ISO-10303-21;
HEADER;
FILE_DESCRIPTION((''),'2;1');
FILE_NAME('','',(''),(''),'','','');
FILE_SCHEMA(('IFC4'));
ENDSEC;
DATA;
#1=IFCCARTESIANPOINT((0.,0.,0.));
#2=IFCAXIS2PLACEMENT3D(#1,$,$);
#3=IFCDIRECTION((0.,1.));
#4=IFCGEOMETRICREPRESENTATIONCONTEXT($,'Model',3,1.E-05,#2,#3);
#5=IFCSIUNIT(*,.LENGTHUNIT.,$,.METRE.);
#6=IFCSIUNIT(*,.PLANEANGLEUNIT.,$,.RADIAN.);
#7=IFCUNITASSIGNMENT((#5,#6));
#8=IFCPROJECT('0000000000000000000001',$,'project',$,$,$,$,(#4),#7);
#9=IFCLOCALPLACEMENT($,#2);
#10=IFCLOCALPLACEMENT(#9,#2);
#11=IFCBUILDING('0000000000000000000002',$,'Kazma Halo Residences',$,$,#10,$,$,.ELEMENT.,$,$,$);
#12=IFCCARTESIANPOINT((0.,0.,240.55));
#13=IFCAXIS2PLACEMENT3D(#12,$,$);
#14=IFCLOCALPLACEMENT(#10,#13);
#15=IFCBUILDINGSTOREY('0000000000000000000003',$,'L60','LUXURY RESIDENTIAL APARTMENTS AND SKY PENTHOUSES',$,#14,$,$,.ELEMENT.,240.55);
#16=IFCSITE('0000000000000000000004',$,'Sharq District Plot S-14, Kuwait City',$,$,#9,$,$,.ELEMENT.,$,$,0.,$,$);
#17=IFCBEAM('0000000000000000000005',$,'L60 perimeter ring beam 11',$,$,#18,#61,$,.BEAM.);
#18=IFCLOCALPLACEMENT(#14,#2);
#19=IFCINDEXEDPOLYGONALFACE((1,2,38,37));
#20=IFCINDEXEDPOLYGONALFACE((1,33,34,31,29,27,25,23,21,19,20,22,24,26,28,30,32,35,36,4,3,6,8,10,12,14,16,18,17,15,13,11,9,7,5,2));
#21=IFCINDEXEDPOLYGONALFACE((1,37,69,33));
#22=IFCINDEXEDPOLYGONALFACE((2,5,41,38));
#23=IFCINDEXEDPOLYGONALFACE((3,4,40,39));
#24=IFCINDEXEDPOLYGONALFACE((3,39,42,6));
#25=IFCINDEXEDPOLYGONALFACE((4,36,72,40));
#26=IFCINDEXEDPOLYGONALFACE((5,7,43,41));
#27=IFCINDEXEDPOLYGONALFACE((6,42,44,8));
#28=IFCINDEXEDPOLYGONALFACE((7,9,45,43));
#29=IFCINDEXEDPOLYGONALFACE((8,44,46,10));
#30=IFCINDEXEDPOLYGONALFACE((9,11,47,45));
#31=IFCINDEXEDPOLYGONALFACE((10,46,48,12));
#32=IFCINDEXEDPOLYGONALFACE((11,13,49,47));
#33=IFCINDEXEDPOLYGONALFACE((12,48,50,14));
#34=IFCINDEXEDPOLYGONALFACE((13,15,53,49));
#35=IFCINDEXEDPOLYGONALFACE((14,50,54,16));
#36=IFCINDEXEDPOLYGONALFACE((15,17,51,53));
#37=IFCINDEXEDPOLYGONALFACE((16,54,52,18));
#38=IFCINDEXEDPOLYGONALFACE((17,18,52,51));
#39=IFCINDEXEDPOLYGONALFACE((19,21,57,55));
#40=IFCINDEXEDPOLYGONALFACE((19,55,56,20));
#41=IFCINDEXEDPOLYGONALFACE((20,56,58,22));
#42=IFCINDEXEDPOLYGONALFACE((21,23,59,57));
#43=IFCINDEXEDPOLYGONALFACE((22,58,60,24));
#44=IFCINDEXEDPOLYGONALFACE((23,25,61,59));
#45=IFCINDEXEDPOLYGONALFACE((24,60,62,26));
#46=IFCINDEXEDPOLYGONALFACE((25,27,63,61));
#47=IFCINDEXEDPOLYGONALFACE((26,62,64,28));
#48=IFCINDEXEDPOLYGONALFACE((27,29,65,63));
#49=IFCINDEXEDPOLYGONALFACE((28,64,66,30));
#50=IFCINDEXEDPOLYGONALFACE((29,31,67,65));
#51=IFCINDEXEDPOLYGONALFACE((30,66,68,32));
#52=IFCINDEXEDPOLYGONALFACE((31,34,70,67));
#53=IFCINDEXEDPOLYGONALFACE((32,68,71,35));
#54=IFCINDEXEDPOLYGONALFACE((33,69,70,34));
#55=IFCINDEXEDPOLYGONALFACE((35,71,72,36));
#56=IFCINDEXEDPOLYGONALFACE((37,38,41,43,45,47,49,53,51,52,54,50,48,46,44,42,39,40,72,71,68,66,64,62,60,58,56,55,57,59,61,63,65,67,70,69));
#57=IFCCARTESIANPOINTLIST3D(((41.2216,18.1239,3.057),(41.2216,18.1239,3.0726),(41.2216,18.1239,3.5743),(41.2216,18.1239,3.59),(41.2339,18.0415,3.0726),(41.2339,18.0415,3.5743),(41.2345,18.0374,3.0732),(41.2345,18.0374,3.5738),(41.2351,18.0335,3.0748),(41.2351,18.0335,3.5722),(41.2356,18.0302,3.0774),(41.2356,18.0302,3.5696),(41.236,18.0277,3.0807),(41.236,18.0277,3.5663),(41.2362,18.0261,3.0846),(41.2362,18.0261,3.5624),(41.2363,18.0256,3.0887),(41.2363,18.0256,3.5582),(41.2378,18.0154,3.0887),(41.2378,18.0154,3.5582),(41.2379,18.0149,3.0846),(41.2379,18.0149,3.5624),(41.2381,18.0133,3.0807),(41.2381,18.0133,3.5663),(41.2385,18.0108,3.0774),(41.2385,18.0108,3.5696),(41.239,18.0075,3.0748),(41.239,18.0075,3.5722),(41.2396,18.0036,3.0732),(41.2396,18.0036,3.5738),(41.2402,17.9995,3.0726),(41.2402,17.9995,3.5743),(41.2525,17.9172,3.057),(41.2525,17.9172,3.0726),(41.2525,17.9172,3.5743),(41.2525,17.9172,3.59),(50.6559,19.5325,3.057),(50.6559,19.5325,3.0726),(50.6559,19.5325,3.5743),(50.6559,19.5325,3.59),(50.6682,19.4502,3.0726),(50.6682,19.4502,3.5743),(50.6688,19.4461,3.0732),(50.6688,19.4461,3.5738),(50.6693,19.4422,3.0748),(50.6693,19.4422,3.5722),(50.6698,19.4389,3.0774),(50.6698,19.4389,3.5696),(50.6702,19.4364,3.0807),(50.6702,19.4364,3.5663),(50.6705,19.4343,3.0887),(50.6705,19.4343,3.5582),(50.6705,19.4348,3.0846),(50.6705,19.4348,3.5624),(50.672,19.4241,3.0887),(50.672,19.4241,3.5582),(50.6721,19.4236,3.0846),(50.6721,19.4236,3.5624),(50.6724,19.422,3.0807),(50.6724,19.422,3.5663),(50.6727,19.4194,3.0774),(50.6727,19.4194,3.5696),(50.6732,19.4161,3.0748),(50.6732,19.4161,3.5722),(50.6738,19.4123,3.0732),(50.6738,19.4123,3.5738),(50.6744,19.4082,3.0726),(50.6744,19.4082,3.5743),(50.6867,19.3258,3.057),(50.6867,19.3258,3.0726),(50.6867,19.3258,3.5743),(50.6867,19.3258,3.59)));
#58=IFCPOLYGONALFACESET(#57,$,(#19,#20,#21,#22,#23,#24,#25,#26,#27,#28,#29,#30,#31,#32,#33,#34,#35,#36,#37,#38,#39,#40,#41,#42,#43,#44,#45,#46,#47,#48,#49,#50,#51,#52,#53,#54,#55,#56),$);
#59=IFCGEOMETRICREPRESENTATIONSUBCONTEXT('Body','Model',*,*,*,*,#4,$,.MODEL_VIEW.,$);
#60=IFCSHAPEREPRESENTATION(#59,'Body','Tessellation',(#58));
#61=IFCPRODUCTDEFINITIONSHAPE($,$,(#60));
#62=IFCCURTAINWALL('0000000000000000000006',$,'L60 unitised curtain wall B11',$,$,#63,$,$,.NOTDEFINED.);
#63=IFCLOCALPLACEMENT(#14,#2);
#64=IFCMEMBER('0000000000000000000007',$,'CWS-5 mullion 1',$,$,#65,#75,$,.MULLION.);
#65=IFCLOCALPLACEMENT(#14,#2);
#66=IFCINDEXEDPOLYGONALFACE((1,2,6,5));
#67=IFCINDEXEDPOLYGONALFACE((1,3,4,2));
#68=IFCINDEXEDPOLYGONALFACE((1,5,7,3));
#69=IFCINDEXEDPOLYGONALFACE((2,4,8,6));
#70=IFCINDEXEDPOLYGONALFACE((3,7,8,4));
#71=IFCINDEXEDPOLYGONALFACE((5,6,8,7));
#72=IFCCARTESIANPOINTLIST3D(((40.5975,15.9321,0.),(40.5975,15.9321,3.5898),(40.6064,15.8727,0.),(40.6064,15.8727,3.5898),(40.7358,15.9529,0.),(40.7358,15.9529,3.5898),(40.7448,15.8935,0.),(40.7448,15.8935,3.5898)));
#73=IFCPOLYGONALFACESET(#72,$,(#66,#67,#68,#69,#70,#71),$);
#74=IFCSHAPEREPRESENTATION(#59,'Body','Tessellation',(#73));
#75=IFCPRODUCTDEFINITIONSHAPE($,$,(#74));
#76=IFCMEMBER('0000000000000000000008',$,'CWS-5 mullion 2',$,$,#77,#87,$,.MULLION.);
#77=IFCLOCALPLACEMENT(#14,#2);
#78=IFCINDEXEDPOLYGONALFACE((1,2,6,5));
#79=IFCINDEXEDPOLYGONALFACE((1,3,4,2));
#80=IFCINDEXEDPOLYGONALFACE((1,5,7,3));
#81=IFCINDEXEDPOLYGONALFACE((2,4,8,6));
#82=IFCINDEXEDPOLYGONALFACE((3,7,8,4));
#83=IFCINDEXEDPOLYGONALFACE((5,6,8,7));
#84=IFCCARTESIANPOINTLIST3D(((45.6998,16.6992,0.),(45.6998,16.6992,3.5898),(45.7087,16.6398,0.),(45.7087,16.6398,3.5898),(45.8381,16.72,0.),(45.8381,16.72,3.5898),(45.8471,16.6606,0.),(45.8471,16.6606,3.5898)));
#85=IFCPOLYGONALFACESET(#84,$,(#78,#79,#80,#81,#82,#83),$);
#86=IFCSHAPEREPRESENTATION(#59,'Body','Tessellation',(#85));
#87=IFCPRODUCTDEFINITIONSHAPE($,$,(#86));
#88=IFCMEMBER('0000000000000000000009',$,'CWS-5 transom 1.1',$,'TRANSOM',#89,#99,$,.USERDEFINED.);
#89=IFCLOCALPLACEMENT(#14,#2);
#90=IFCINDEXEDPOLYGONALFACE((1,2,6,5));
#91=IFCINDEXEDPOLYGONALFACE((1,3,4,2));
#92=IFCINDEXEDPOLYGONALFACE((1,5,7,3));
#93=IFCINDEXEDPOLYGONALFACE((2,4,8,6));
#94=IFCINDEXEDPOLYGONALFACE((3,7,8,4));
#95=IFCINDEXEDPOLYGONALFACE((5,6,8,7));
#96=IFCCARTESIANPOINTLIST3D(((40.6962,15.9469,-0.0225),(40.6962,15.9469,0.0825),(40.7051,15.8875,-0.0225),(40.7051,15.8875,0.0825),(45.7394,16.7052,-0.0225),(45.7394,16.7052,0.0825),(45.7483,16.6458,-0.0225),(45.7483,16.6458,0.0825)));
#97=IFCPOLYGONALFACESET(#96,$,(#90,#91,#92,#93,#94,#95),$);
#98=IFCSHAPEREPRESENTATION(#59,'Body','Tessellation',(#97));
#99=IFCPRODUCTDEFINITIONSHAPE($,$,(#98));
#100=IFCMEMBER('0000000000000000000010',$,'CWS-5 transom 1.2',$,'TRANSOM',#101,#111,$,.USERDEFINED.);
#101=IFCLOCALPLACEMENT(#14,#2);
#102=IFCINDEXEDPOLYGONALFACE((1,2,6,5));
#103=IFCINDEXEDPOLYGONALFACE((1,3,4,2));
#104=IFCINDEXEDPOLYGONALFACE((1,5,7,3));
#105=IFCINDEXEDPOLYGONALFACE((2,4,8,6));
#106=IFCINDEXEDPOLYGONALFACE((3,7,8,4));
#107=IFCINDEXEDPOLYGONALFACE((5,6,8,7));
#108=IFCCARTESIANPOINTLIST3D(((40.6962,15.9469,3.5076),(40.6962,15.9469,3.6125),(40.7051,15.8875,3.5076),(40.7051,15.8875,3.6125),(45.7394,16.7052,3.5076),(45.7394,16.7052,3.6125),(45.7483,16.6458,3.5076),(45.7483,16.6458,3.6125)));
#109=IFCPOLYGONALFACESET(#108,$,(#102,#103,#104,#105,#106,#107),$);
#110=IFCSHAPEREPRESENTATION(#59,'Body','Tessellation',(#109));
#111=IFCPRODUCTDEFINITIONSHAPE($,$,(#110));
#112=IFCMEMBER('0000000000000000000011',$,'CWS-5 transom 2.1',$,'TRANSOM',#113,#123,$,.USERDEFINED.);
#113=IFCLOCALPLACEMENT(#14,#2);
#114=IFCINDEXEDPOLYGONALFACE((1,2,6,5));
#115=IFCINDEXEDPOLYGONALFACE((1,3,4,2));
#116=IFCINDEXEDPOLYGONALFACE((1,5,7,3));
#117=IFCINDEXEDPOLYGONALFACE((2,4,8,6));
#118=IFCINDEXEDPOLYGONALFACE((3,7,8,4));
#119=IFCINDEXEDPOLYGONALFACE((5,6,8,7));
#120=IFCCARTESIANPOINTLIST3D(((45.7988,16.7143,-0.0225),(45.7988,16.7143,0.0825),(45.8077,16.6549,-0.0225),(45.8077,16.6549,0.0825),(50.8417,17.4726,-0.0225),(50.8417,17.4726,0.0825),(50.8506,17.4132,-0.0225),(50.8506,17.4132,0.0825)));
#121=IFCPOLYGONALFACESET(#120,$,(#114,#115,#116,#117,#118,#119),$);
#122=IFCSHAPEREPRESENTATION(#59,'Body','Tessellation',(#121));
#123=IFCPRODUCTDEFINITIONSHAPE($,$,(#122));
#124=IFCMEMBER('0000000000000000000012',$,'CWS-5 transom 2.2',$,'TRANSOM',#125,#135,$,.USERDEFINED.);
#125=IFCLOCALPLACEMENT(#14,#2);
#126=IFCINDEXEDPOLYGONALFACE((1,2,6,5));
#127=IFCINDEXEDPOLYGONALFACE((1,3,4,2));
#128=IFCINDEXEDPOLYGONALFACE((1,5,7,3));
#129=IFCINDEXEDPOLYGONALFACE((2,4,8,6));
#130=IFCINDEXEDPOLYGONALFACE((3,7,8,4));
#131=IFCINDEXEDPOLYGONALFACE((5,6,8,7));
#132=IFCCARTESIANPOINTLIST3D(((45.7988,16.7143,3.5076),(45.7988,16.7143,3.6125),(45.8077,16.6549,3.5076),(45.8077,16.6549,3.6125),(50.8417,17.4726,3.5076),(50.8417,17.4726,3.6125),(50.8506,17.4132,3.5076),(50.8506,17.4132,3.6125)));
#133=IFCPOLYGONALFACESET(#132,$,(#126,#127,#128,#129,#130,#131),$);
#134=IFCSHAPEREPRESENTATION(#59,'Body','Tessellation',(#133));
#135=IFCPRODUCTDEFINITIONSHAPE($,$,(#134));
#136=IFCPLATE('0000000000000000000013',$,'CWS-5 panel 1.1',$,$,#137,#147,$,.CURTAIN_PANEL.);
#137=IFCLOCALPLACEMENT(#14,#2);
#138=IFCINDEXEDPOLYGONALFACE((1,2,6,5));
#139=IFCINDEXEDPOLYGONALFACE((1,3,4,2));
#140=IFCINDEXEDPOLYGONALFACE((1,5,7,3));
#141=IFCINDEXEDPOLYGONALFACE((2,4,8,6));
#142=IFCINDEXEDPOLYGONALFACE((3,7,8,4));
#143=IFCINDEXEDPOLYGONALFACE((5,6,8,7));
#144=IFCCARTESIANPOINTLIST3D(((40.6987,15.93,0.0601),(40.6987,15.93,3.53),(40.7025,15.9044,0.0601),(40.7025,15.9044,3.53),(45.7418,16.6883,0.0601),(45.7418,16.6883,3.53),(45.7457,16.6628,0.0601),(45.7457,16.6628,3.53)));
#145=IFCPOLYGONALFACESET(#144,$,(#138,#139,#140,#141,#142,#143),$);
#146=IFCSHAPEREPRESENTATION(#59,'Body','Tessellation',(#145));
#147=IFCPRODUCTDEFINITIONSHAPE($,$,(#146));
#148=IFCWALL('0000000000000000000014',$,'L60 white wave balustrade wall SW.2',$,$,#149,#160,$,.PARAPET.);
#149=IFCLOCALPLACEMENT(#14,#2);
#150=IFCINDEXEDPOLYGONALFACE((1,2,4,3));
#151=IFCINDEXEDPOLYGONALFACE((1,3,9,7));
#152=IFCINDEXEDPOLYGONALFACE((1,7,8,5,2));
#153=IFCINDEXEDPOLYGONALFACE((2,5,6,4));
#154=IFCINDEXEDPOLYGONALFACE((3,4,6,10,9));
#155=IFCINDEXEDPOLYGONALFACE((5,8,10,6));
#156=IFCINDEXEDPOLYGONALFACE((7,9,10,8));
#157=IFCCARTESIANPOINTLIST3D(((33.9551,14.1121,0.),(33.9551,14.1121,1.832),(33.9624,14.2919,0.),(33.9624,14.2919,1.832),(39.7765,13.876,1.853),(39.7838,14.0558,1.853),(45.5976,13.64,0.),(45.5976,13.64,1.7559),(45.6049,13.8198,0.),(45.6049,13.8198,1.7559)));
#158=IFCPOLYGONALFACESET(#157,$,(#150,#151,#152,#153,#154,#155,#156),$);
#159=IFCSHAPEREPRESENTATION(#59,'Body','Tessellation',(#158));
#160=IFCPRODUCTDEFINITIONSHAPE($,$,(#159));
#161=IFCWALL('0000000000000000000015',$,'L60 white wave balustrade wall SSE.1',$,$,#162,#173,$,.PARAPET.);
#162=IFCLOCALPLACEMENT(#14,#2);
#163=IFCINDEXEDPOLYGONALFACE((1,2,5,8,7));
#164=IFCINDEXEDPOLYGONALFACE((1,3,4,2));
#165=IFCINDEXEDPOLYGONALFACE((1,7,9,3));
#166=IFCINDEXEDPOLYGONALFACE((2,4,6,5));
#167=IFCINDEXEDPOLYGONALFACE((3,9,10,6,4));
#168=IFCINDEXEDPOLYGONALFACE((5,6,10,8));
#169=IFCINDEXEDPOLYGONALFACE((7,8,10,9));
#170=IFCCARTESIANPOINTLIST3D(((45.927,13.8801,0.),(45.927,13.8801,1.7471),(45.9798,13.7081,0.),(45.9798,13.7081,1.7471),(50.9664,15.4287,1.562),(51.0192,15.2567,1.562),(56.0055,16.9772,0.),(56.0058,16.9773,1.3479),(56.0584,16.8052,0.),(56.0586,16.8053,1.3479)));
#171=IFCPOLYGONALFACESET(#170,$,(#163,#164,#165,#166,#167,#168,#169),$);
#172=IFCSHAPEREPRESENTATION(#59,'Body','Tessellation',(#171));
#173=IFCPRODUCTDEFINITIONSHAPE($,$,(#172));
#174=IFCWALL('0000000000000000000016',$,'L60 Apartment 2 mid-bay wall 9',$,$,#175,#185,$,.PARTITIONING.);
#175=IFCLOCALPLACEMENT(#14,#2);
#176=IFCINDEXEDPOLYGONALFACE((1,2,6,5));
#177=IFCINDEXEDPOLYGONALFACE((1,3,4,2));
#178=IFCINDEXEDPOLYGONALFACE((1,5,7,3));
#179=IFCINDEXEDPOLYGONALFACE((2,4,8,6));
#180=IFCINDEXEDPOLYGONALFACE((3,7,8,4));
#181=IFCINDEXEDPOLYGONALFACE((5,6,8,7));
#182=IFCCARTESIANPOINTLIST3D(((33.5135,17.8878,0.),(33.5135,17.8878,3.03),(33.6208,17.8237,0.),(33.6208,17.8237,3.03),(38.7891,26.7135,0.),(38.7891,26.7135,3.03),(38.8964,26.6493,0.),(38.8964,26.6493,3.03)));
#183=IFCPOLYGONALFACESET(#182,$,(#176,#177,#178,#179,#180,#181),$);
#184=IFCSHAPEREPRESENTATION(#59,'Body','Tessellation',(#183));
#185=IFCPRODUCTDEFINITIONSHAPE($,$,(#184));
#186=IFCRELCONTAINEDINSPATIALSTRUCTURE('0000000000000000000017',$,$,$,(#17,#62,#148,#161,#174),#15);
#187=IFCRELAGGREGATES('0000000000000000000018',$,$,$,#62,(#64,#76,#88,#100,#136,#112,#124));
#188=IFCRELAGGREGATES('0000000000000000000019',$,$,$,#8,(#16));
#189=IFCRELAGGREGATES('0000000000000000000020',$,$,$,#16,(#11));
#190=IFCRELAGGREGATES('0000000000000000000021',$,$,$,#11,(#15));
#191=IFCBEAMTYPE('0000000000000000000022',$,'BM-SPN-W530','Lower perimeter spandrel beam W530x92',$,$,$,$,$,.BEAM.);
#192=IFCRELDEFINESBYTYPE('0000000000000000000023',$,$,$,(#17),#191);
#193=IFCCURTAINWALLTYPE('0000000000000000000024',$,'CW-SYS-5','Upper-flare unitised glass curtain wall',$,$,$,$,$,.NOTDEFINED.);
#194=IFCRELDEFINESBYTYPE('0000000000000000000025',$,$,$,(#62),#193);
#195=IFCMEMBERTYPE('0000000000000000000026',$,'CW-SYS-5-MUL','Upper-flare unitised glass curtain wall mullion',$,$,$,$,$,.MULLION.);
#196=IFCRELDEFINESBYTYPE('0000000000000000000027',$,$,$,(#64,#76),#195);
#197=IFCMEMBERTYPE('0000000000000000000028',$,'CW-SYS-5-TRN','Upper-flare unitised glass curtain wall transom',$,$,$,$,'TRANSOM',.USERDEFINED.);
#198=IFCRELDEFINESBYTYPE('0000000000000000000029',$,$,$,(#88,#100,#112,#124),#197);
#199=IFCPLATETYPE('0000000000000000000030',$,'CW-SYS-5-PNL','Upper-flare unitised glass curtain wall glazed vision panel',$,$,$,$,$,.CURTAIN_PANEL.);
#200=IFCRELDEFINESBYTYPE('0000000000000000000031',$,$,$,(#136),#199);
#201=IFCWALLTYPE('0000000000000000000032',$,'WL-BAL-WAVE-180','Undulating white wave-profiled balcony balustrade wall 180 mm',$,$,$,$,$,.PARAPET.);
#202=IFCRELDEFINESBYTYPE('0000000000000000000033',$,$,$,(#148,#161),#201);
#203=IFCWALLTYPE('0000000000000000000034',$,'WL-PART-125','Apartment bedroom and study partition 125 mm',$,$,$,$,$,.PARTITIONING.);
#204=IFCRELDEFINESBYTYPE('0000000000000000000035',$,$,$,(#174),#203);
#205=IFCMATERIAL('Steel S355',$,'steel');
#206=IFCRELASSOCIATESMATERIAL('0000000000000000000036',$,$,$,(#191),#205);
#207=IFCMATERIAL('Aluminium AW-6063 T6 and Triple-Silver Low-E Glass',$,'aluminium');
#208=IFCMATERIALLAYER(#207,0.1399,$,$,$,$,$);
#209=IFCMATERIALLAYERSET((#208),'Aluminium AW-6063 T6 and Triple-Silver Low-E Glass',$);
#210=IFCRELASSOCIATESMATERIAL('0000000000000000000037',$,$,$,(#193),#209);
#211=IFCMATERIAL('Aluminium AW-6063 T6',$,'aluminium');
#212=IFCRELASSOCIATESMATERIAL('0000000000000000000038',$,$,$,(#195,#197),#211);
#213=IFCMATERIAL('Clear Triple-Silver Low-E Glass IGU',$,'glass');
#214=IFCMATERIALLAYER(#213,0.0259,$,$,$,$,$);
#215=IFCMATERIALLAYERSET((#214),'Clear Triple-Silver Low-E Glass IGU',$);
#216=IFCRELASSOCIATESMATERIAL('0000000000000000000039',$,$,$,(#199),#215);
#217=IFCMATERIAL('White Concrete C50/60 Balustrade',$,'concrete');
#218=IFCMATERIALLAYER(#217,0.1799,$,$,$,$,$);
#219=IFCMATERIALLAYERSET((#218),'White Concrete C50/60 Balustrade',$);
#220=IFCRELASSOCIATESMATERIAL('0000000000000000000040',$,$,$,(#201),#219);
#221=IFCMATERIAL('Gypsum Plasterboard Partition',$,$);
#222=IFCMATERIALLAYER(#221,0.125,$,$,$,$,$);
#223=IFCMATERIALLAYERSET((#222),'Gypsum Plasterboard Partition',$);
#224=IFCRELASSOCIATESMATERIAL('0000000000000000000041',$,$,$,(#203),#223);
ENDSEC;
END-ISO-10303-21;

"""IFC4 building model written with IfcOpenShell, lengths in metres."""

from ifc_helpers import new_model, si_unit, direction, frame, frame_2d, origin, origin_2d, place, context, subcontext, project, spatial, polyline, rectangle, i_section, outline, extrude, material, layer, layer_set, material_profile, profile_set, type_object, element, aggregate, save


model = new_model("IFC4")

# Units and contexts
model_context = context("Model", 3, precision=1e-05, world=origin(), true_north=direction((0.0, 1.0)))
body_context = subcontext(model_context, "Body", "Model", "MODEL_VIEW")
ifc_project = project(units=[si_unit("LENGTHUNIT", "METRE"), si_unit("PLANEANGLEUNIT", "RADIAN")], contexts=[model_context])

# Site, building, storey
site_placement = place(None, origin())
site = spatial("IfcSite", under=ifc_project, at=site_placement, Name="Sharq District Plot S-14, Kuwait City", CompositionType="ELEMENT", RefElevation=0.0)
building_placement = place(site_placement, origin())
building = spatial("IfcBuilding", under=site, at=building_placement, Name="Kazma Halo Residences", CompositionType="ELEMENT")
storey_placement = place(building_placement, frame((0.0, 0.0, 240.55)))
storey = spatial("IfcBuildingStorey", under=building, at=storey_placement, Name="L60", Description="LUXURY RESIDENTIAL APARTMENTS AND SKY PENTHOUSES", CompositionType="ELEMENT", Elevation=240.55)

# Beam
ifc_material_1 = material(Name="Steel S355", Category="steel")
ifc_material_profile_1 = material_profile(ifc_material_1, i_section(OverallWidth=0.209, OverallDepth=0.533, WebThickness=0.0103, FlangeThickness=0.0156, FilletRadius=0.0161, at=origin_2d()), Name="W530x92")
ifc_profile_set_1 = profile_set([ifc_material_profile_1], Name="Steel S355")
beam_type_1 = type_object("IfcBeamType", Name="BM-SPN-W530", Description="Lower perimeter spandrel beam W530x92", PredefinedType="BEAM", material=ifc_profile_set_1)
beam_1_placement = place(storey_placement, frame((41.2371, 18.0205, 3.3235), z_axis=(0.989035, 0.147678, 0.0), x_axis=(-0.147678, 0.989035, 0.0)))
element("IfcBeam", 1, at=beam_1_placement, inside=storey, type_object=beam_type_1, Name="L60 perimeter ring beam 11", PredefinedType="BEAM", context=body_context, shape_type="SweptSolid", body=[
    extrude(i_section(OverallWidth=0.209, OverallDepth=0.533, WebThickness=0.0103, FlangeThickness=0.0156, FilletRadius=0.0161, at=origin_2d()), origin(), (0.0, 0.0, 1.0), 9.5388),
])

# Curtain wall, members, plate
ifc_material_2 = material(Name="Aluminium AW-6063 T6 and Triple-Silver Low-E Glass", Category="aluminium")
ifc_layer_1 = layer(ifc_material_2, 0.1399)
ifc_layer_set_1 = layer_set([ifc_layer_1], Name="Aluminium AW-6063 T6 and Triple-Silver Low-E Glass")
curtain_wall_type = type_object("IfcCurtainWallType", Name="CW-SYS-5", Description="Upper-flare unitised glass curtain wall", PredefinedType="NOTDEFINED", material=ifc_layer_set_1)
curtain_wall_placement = place(storey_placement, origin())
curtain_wall = element("IfcCurtainWall", 2, at=curtain_wall_placement, inside=storey, type_object=curtain_wall_type, Name="L60 unitised curtain wall B11", PredefinedType="NOTDEFINED")
ifc_material_3 = material(Name="Aluminium AW-6063 T6", Category="aluminium")
ifc_material_profile_2 = material_profile(ifc_material_3, rectangle(XDim=0.0601, YDim=0.1399, at=origin_2d()), Name="CWM-60x140")
ifc_profile_set_2 = profile_set([ifc_material_profile_2], Name="Aluminium AW-6063 T6")
member_type_1 = type_object("IfcMemberType", Name="CW-SYS-5-MUL", Description="Upper-flare unitised glass curtain wall mullion", PredefinedType="MULLION", material=ifc_profile_set_2)
member_1_placement = place(storey_placement, frame((40.6711, 15.9128, 0.0), z_axis=(0.0, 0.0, 1.0), x_axis=(-0.148697, 0.988883, 0.0)))
member_1 = element("IfcMember", 3, at=member_1_placement, type_object=member_type_1, Name="CWS-5 mullion 1", PredefinedType="MULLION", context=body_context, shape_type="SweptSolid", body=[
    extrude(rectangle(XDim=0.0601, YDim=0.1399, at=origin_2d()), origin(), (0.0, 0.0, 1.0), 3.5898),
])
member_2_placement = place(storey_placement, frame((45.7734, 16.6799, 0.0), z_axis=(0.0, 0.0, 1.0), x_axis=(-0.148697, 0.988883, 0.0)))
member_2 = element("IfcMember", 4, at=member_2_placement, type_object=member_type_1, Name="CWS-5 mullion 2", PredefinedType="MULLION", context=body_context, shape_type="SweptSolid", body=[
    extrude(rectangle(XDim=0.0601, YDim=0.1399, at=origin_2d()), origin(), (0.0, 0.0, 1.0), 3.5898),
])
ifc_material_profile_3 = material_profile(ifc_material_3, rectangle(XDim=0.0601, YDim=0.105, at=origin_2d()), Name="CWT-60x105")
ifc_profile_set_3 = profile_set([ifc_material_profile_3], Name="Aluminium AW-6063 T6")
member_type_2 = type_object("IfcMemberType", Name="CW-SYS-5-TRN", Description="Upper-flare unitised glass curtain wall transom", ElementType="TRANSOM", PredefinedType="USERDEFINED", material=ifc_profile_set_3)
member_3_placement = place(storey_placement, frame((40.7007, 15.9172, 0.03), z_axis=(0.988884, 0.148689, 0.0), x_axis=(-0.148689, 0.988884, 0.0)))
member_3 = element("IfcMember", 5, at=member_3_placement, type_object=member_type_2, Name="CWS-5 transom 1.1", ObjectType="TRANSOM", PredefinedType="USERDEFINED", context=body_context, shape_type="SweptSolid", body=[
    extrude(rectangle(XDim=0.0601, YDim=0.105, at=origin_2d()), origin(), (0.0, 0.0, 1.0), 5.0999),
])
member_4_placement = place(storey_placement, frame((40.7007, 15.9172, 3.5601), z_axis=(0.988884, 0.148689, 0.0), x_axis=(-0.148689, 0.988884, 0.0)))
member_4 = element("IfcMember", 6, at=member_4_placement, type_object=member_type_2, Name="CWS-5 transom 1.2", ObjectType="TRANSOM", PredefinedType="USERDEFINED", context=body_context, shape_type="SweptSolid", body=[
    extrude(rectangle(XDim=0.0601, YDim=0.105, at=origin_2d()), origin(), (0.0, 0.0, 1.0), 5.0999),
])
member_5_placement = place(storey_placement, frame((45.8032, 16.6846, 0.03), z_axis=(0.988883, 0.148696, 0.0), x_axis=(-0.148696, 0.988883, 0.0)))
member_5 = element("IfcMember", 7, at=member_5_placement, type_object=member_type_2, Name="CWS-5 transom 2.1", ObjectType="TRANSOM", PredefinedType="USERDEFINED", context=body_context, shape_type="SweptSolid", body=[
    extrude(rectangle(XDim=0.0601, YDim=0.105, at=origin_2d()), origin(), (0.0, 0.0, 1.0), 5.0996),
])
member_6_placement = place(storey_placement, frame((45.8032, 16.6846, 3.5601), z_axis=(0.988883, 0.148696, 0.0), x_axis=(-0.148696, 0.988883, 0.0)))
member_6 = element("IfcMember", 8, at=member_6_placement, type_object=member_type_2, Name="CWS-5 transom 2.2", ObjectType="TRANSOM", PredefinedType="USERDEFINED", context=body_context, shape_type="SweptSolid", body=[
    extrude(rectangle(XDim=0.0601, YDim=0.105, at=origin_2d()), origin(), (0.0, 0.0, 1.0), 5.0996),
])
ifc_material_4 = material(Name="Clear Triple-Silver Low-E Glass IGU", Category="glass")
ifc_layer_2 = layer(ifc_material_4, 0.0259)
ifc_layer_set_2 = layer_set([ifc_layer_2], Name="Clear Triple-Silver Low-E Glass IGU")
plate_type = type_object("IfcPlateType", Name="CW-SYS-5-PNL", Description="Upper-flare unitised glass curtain wall glazed vision panel", PredefinedType="CURTAIN_PANEL", material=ifc_layer_set_2)
plate_placement = place(storey_placement, frame((43.2222, 16.2964, 0.0601), z_axis=(0.0, 0.0, 1.0), x_axis=(0.988883, 0.148697, 0.0)))
plate = element("IfcPlate", 9, at=plate_placement, type_object=plate_type, Name="CWS-5 panel 1.1", PredefinedType="CURTAIN_PANEL", context=body_context, shape_type="SweptSolid", body=[
    extrude(rectangle(XDim=5.0999, YDim=0.0259, at=origin_2d()), origin(), (0.0, 0.0, 1.0), 3.47),
])
aggregate(curtain_wall, [member_1, member_2, member_3, member_4, plate, member_5, member_6])

# Walls
ifc_material_5 = material(Name="White Concrete C50/60 Balustrade", Category="concrete")
ifc_layer_3 = layer(ifc_material_5, 0.1799)
ifc_layer_set_3 = layer_set([ifc_layer_3], Name="White Concrete C50/60 Balustrade")
wall_type_1 = type_object("IfcWallType", Name="WL-BAL-WAVE-180", Description="Undulating white wave-profiled balcony balustrade wall 180 mm", PredefinedType="PARAPET", material=ifc_layer_set_3)
wall_1_placement = place(storey_placement, frame((33.9587, 14.2021, 0.0), z_axis=(0.0, 0.0, 1.0), x_axis=(0.999179, -0.040522, 0.0)))
element("IfcWall", 10, at=wall_1_placement, inside=storey, type_object=wall_type_1, Name="L60 white wave balustrade wall SW.2", PredefinedType="PARAPET", context=body_context, shape_type="SweptSolid", body=[
    extrude(outline(polyline([(0.0, 0.0), (11.6521, 0.0), (11.6521, 1.7559), (5.8262, 1.853), (0.0, 1.832), (0.0, 0.0)])), frame((0.0, 0.0898, 0.0), z_axis=(0.0, -1.0, 0.0), x_axis=(1.0, 0.0, 0.0)), (0.0, 0.0, 1.0), 0.1799),
])
wall_2_placement = place(storey_placement, frame((45.9534, 13.7942, 0.0), z_axis=(0.0, 0.0, 1.0), x_axis=(0.955884, 0.293744, 0.0)))
element("IfcWall", 11, at=wall_2_placement, inside=storey, type_object=wall_type_1, Name="L60 white wave balustrade wall SSE.1", PredefinedType="PARAPET", context=body_context, shape_type="SweptSolid", body=[
    extrude(outline(polyline([(0.0, 0.0), (10.5437, 0.0), (10.5439, 1.3479), (5.272, 1.562), (0.0, 1.7471), (0.0, 0.0)])), frame((0.0, 0.0898, 0.0), z_axis=(0.0, -1.0, 0.0), x_axis=(1.0, 0.0, 0.0)), (0.0, 0.0, 1.0), 0.1799),
])
ifc_material_6 = material(Name="Gypsum Plasterboard Partition")
ifc_layer_4 = layer(ifc_material_6, 0.125)
ifc_layer_set_4 = layer_set([ifc_layer_4], Name="Gypsum Plasterboard Partition")
wall_type_2 = type_object("IfcWallType", Name="WL-PART-125", Description="Apartment bedroom and study partition 125 mm", PredefinedType="PARTITIONING", material=ifc_layer_set_4)
wall_3_placement = place(storey_placement, frame((38.8428, 26.6814, 0.0), z_axis=(0.0, 0.0, 1.0), x_axis=(-0.513081, -0.85834, 0.0)))
element("IfcWall", 12, at=wall_3_placement, inside=storey, type_object=wall_type_2, Name="L60 Apartment 2 mid-bay wall 9", PredefinedType="PARTITIONING", context=body_context, shape_type="SweptSolid", body=[
    extrude(rectangle(XDim=10.2822, YDim=0.125, at=frame_2d((5.1411, 0.0))), origin(), (0.0, 0.0, 1.0), 3.03),
])

save(model, "model.ifc")
